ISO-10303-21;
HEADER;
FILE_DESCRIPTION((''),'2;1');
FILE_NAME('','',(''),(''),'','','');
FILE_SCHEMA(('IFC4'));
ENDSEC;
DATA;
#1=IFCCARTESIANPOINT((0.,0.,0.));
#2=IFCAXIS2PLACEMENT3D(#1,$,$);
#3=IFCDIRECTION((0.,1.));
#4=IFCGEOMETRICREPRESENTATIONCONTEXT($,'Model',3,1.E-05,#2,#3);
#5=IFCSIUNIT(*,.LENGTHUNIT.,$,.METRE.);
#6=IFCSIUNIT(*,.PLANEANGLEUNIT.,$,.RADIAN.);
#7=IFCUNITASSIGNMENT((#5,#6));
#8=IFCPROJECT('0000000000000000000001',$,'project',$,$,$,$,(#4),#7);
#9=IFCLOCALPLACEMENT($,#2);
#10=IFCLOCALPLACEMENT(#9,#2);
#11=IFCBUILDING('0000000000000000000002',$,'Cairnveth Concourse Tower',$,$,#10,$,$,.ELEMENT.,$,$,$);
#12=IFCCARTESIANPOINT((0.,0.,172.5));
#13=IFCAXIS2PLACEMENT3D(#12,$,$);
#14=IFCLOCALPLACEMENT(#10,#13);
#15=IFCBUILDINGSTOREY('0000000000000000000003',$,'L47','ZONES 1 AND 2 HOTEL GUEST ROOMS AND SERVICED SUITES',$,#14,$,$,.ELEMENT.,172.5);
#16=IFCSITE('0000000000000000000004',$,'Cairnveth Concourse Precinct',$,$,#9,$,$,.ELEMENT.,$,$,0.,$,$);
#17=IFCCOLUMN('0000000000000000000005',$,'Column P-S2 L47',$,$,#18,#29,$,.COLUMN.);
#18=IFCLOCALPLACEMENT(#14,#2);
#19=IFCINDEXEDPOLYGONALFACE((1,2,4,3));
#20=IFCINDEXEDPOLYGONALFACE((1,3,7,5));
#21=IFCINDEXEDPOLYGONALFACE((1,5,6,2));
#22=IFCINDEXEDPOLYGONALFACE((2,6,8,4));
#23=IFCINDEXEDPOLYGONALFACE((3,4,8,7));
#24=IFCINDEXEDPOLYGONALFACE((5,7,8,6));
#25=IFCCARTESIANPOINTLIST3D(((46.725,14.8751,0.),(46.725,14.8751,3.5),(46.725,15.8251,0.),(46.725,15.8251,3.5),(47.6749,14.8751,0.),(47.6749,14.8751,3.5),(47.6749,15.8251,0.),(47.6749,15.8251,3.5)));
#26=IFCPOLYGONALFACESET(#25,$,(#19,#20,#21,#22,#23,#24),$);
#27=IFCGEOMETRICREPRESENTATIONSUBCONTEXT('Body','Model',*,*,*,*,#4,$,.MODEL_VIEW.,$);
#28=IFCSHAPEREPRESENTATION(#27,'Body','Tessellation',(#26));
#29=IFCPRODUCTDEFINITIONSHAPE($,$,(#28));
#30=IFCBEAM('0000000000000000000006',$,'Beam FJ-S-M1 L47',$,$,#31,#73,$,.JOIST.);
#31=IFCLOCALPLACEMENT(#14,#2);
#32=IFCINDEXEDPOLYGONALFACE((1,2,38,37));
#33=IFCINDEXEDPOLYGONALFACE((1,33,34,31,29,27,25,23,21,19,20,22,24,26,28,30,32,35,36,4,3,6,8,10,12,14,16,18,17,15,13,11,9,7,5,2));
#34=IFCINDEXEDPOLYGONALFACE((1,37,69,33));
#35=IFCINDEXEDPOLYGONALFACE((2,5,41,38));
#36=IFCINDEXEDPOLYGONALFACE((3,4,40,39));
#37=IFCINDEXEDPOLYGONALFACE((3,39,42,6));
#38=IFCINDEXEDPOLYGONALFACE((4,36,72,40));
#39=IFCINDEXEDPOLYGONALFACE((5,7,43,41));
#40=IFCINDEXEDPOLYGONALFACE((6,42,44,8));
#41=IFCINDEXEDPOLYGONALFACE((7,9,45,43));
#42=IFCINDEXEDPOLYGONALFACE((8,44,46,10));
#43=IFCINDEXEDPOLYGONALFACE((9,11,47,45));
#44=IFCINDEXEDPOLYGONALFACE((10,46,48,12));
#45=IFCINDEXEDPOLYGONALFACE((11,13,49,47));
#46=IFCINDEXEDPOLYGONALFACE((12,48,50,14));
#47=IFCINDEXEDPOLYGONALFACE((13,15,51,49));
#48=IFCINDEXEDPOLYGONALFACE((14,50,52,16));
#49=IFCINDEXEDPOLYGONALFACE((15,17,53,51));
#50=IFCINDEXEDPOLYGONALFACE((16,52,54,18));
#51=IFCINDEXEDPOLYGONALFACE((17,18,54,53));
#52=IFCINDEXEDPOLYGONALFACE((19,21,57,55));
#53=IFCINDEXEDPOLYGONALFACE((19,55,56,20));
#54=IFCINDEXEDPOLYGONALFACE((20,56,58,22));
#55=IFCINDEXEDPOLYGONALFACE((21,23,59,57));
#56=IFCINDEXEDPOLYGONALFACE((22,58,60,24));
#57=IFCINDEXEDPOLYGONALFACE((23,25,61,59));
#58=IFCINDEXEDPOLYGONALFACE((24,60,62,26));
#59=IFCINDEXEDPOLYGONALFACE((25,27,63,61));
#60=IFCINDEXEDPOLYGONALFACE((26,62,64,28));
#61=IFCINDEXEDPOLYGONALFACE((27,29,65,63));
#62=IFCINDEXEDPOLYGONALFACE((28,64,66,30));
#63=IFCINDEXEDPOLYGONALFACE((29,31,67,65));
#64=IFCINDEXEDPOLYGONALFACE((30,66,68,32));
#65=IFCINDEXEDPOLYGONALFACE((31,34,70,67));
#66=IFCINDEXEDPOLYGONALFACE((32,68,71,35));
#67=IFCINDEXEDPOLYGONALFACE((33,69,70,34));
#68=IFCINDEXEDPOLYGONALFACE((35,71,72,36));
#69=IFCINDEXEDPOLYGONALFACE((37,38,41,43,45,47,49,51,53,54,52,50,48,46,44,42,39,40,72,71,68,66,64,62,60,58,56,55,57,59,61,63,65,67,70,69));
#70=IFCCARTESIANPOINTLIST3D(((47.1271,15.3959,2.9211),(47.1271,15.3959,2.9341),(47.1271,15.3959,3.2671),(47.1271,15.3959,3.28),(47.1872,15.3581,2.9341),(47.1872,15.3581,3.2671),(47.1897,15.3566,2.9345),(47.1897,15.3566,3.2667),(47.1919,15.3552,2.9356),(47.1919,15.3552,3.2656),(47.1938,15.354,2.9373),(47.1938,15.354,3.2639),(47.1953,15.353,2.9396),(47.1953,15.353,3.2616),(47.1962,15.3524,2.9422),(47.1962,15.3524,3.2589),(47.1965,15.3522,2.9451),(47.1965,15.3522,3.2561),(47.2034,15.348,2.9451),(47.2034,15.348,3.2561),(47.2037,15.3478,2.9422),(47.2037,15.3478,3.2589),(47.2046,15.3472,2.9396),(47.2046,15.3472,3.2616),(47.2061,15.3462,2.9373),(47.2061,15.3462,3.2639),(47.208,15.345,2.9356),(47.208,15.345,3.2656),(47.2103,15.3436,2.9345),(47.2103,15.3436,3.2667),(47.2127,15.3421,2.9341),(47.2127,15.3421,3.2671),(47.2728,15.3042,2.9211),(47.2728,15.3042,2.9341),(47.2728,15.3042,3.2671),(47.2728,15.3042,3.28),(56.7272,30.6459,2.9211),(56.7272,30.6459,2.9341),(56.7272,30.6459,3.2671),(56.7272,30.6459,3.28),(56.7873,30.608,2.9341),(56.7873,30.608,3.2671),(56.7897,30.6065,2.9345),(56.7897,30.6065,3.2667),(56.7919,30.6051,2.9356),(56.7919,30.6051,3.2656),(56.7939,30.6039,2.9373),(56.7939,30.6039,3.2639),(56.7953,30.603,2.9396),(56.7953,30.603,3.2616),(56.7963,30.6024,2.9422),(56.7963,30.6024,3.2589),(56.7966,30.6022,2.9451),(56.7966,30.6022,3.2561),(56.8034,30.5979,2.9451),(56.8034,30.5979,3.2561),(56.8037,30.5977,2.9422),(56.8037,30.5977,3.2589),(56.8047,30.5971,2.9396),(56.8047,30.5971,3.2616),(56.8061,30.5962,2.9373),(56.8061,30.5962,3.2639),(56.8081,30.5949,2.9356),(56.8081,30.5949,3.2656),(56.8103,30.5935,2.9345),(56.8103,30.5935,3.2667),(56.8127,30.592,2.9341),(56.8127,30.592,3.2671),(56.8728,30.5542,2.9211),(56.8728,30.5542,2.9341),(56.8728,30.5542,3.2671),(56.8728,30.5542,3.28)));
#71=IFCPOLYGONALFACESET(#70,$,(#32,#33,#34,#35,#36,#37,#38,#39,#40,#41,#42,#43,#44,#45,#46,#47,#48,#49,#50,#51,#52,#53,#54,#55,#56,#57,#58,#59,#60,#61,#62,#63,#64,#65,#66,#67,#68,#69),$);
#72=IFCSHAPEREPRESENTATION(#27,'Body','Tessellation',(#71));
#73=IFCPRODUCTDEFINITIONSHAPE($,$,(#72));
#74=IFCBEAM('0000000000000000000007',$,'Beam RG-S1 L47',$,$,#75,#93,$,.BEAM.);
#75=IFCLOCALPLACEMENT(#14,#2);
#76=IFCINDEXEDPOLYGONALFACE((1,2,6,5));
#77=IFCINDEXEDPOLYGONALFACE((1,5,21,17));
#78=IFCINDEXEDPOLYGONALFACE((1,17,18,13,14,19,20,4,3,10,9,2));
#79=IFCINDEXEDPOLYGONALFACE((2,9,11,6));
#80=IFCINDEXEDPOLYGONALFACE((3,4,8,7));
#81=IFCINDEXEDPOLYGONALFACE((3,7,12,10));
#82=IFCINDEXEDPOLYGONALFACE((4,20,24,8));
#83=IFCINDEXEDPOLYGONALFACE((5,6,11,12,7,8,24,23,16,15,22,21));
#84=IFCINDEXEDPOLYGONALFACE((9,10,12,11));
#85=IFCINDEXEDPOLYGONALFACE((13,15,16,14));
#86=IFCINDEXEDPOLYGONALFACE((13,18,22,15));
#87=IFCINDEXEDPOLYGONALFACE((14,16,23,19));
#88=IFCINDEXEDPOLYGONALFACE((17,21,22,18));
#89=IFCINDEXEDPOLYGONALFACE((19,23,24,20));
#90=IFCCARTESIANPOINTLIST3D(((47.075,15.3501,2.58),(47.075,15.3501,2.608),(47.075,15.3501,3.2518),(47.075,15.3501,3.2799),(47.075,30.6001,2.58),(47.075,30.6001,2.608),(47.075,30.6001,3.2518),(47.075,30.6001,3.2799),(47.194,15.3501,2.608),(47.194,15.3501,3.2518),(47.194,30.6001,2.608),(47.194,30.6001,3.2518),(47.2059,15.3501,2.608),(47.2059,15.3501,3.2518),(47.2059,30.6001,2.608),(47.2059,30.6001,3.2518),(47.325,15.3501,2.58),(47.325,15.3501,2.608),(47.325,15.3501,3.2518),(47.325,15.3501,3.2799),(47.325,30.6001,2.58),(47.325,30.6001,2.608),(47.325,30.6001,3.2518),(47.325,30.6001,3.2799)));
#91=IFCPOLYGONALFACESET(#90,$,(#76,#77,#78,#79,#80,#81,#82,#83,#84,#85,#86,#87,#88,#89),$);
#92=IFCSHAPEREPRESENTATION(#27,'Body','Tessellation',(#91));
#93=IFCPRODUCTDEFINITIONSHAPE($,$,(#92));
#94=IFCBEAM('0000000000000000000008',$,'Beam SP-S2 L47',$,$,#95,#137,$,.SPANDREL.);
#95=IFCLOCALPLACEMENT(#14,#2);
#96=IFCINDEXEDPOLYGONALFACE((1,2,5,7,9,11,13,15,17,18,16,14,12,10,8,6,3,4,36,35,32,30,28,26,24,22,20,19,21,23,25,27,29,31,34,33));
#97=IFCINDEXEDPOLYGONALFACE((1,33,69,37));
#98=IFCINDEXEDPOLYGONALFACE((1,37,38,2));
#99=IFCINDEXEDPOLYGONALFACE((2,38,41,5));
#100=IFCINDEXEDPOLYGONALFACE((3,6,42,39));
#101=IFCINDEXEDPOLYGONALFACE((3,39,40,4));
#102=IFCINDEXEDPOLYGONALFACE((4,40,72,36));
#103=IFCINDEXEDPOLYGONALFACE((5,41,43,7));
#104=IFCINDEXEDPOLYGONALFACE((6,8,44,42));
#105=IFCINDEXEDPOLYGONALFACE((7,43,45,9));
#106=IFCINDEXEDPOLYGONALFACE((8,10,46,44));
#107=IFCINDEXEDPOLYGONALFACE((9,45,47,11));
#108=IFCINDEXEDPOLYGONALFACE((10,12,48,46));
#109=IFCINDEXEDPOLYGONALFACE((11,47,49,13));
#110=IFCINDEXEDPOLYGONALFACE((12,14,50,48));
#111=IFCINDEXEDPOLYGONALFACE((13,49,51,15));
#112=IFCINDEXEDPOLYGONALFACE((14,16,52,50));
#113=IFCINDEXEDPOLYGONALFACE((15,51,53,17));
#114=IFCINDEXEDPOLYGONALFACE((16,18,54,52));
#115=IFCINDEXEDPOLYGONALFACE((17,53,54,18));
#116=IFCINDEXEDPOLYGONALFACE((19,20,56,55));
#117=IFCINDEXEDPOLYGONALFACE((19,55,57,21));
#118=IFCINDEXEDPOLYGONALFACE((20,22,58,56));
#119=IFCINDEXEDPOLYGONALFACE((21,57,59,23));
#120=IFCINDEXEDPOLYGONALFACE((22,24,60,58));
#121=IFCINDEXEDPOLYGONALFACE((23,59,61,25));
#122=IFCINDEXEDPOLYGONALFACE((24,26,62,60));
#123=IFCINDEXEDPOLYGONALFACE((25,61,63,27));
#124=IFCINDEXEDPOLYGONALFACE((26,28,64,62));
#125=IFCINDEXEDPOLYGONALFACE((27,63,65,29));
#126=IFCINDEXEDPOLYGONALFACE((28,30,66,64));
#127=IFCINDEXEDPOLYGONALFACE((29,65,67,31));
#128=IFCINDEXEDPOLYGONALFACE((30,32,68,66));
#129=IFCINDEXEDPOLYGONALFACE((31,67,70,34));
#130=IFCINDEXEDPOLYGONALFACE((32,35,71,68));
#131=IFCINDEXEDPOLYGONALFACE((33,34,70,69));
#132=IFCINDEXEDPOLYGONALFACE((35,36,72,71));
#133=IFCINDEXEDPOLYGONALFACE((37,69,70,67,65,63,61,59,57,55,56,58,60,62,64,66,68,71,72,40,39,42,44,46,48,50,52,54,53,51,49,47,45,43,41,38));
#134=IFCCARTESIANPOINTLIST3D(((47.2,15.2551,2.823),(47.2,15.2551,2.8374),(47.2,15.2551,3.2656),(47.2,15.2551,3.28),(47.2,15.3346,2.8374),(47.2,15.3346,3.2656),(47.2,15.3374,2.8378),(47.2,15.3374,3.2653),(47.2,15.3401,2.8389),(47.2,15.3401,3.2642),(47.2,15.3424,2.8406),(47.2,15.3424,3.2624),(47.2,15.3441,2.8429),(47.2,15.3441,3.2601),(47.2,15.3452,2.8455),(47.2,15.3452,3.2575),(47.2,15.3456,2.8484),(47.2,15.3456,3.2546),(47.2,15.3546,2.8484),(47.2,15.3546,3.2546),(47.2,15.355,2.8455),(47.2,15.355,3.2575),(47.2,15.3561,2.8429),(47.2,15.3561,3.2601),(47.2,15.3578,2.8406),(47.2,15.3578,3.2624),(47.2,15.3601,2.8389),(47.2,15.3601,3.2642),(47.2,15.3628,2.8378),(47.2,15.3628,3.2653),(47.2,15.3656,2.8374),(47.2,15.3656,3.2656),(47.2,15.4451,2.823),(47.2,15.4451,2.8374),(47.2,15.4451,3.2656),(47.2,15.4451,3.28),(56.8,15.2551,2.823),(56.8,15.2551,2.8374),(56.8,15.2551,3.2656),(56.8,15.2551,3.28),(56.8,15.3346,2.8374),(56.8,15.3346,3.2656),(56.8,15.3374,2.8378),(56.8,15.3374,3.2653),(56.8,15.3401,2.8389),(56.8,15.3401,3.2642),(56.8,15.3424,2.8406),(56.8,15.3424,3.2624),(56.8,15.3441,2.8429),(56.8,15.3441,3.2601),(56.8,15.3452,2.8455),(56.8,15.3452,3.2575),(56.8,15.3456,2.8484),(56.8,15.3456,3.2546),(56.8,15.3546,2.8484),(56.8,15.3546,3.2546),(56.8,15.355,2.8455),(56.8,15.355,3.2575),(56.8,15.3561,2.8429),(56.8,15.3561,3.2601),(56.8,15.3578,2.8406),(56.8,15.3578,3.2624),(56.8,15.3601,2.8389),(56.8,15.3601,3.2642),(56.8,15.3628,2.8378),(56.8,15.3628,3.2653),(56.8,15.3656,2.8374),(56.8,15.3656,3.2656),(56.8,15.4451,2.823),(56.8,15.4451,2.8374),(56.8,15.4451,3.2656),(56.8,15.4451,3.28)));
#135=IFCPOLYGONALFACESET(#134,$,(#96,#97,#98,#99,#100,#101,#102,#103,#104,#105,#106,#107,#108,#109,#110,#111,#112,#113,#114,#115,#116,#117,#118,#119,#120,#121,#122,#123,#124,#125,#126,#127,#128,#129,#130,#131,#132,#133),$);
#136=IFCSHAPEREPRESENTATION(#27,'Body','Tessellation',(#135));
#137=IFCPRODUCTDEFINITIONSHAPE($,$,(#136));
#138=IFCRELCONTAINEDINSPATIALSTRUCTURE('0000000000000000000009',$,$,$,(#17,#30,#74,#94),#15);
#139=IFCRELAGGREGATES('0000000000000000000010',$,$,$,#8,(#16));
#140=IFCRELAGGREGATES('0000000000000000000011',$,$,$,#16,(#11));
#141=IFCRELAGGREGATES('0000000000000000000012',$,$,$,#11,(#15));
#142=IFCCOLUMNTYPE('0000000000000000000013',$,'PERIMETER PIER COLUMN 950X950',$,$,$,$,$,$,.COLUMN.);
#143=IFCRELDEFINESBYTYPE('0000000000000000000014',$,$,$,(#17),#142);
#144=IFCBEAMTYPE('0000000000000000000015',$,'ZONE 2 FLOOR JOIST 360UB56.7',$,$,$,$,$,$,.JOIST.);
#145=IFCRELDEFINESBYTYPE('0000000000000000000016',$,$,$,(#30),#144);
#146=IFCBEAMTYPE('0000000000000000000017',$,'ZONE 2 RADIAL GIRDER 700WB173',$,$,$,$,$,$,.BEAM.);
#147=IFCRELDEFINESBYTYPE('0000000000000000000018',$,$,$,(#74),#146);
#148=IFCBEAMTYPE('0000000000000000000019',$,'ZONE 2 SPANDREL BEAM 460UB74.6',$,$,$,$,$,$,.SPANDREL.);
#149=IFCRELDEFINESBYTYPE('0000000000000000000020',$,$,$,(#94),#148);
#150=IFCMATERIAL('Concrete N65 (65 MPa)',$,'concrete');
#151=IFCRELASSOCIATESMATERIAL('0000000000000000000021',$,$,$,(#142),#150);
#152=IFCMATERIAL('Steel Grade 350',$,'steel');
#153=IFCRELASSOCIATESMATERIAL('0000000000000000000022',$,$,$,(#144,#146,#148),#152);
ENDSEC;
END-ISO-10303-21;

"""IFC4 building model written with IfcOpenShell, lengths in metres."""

from ifc_helpers import new_model, si_unit, direction, frame, origin, origin_2d, place, context, subcontext, project, spatial, rectangle, i_section, extrude, material, material_profile, profile_set, type_object, element, save


model = new_model("IFC4")

# Units and contexts
model_context = context("Model", 3, precision=1e-05, world=origin(), true_north=direction((0.0, 1.0)))
body_context = subcontext(model_context, "Body", "Model", "MODEL_VIEW")
ifc_project = project(units=[si_unit("LENGTHUNIT", "METRE"), si_unit("PLANEANGLEUNIT", "RADIAN")], contexts=[model_context])

# Site, building, storey
site_placement = place(None, origin())
site = spatial("IfcSite", under=ifc_project, at=site_placement, Name="Cairnveth Concourse Precinct", CompositionType="ELEMENT", RefElevation=0.0)
building_placement = place(site_placement, origin())
building = spatial("IfcBuilding", under=site, at=building_placement, Name="Cairnveth Concourse Tower", CompositionType="ELEMENT")
storey_placement = place(building_placement, frame((0.0, 0.0, 172.5)))
storey = spatial("IfcBuildingStorey", under=building, at=storey_placement, Name="L47", Description="ZONES 1 AND 2 HOTEL GUEST ROOMS AND SERVICED SUITES", CompositionType="ELEMENT", Elevation=172.5)

# Column
ifc_material_1 = material(Name="Concrete N65 (65 MPa)", Category="concrete")
ifc_material_profile_1 = material_profile(ifc_material_1, rectangle(XDim=0.95, YDim=0.95, at=origin_2d()), Name="RC-COL-950x950")
ifc_profile_set_1 = profile_set([ifc_material_profile_1], Name="Concrete N65 (65 MPa)")
column_type = type_object("IfcColumnType", Name="PERIMETER PIER COLUMN 950X950", PredefinedType="COLUMN", material=ifc_profile_set_1)
column_placement = place(storey_placement, frame((47.2, 15.3501, 0.0), z_axis=(0.0, 0.0, 1.0), x_axis=(1.0, 0.0, 0.0)))
element("IfcColumn", 1, at=column_placement, inside=storey, type_object=column_type, Name="Column P-S2 L47", PredefinedType="COLUMN", context=body_context, shape_type="SweptSolid", body=[
    extrude(rectangle(XDim=0.95, YDim=0.95, at=origin_2d()), origin(), (0.0, 0.0, 1.0), 3.5),
])

# Beams
ifc_material_2 = material(Name="Steel Grade 350", Category="steel")
ifc_material_profile_2 = material_profile(ifc_material_2, i_section(OverallWidth=0.1721, OverallDepth=0.3589, WebThickness=0.0081, FlangeThickness=0.0129, FilletRadius=0.011, at=origin_2d()), Name="360UB56.7")
ifc_profile_set_2 = profile_set([ifc_material_profile_2], Name="Steel Grade 350")
beam_type_1 = type_object("IfcBeamType", Name="ZONE 2 FLOOR JOIST 360UB56.7", PredefinedType="JOIST", material=ifc_profile_set_2)
beam_1_placement = place(storey_placement, frame((47.2, 15.3501, 3.1006), z_axis=(0.532744, 0.846277, 0.0), x_axis=(-0.846277, 0.532744, 0.0)))
element("IfcBeam", 2, at=beam_1_placement, inside=storey, type_object=beam_type_1, Name="Beam FJ-S-M1 L47", PredefinedType="JOIST", context=body_context, shape_type="SweptSolid", body=[
    extrude(i_section(OverallWidth=0.1721, OverallDepth=0.3589, WebThickness=0.0081, FlangeThickness=0.0129, FilletRadius=0.011, at=origin_2d()), origin(), (0.0, 0.0, 1.0), 18.02),
])
ifc_material_profile_3 = material_profile(ifc_material_2, i_section(OverallWidth=0.25, OverallDepth=0.7, WebThickness=0.012, FlangeThickness=0.0281, at=origin_2d()), Name="700WB173")
ifc_profile_set_3 = profile_set([ifc_material_profile_3], Name="Steel Grade 350")
beam_type_2 = type_object("IfcBeamType", Name="ZONE 2 RADIAL GIRDER 700WB173", PredefinedType="BEAM", material=ifc_profile_set_3)
beam_2_placement = place(storey_placement, frame((47.2, 15.3501, 2.9299), z_axis=(0.0, 1.0, 0.0), x_axis=(-1.0, 0.0, 0.0)))
element("IfcBeam", 3, at=beam_2_placement, inside=storey, type_object=beam_type_2, Name="Beam RG-S1 L47", PredefinedType="BEAM", context=body_context, shape_type="SweptSolid", body=[
    extrude(i_section(OverallWidth=0.25, OverallDepth=0.7, WebThickness=0.012, FlangeThickness=0.0281, at=origin_2d()), origin(), (0.0, 0.0, 1.0), 15.25),
])
ifc_material_profile_4 = material_profile(ifc_material_2, i_section(OverallWidth=0.1899, OverallDepth=0.457, WebThickness=0.009, FlangeThickness=0.0144, FilletRadius=0.011, at=origin_2d()), Name="460UB74.6")
ifc_profile_set_4 = profile_set([ifc_material_profile_4], Name="Steel Grade 350")
beam_type_3 = type_object("IfcBeamType", Name="ZONE 2 SPANDREL BEAM 460UB74.6", PredefinedType="SPANDREL", material=ifc_profile_set_4)
beam_3_placement = place(storey_placement, frame((47.2, 15.3501, 3.0515), z_axis=(1.0, 0.0, 0.0), x_axis=(0.0, 1.0, 0.0)))
element("IfcBeam", 4, at=beam_3_placement, inside=storey, type_object=beam_type_3, Name="Beam SP-S2 L47", PredefinedType="SPANDREL", context=body_context, shape_type="SweptSolid", body=[
    extrude(i_section(OverallWidth=0.1899, OverallDepth=0.457, WebThickness=0.009, FlangeThickness=0.0144, FilletRadius=0.011, at=origin_2d()), origin(), (0.0, 0.0, 1.0), 9.6001),
])

save(model, "model.ifc")
